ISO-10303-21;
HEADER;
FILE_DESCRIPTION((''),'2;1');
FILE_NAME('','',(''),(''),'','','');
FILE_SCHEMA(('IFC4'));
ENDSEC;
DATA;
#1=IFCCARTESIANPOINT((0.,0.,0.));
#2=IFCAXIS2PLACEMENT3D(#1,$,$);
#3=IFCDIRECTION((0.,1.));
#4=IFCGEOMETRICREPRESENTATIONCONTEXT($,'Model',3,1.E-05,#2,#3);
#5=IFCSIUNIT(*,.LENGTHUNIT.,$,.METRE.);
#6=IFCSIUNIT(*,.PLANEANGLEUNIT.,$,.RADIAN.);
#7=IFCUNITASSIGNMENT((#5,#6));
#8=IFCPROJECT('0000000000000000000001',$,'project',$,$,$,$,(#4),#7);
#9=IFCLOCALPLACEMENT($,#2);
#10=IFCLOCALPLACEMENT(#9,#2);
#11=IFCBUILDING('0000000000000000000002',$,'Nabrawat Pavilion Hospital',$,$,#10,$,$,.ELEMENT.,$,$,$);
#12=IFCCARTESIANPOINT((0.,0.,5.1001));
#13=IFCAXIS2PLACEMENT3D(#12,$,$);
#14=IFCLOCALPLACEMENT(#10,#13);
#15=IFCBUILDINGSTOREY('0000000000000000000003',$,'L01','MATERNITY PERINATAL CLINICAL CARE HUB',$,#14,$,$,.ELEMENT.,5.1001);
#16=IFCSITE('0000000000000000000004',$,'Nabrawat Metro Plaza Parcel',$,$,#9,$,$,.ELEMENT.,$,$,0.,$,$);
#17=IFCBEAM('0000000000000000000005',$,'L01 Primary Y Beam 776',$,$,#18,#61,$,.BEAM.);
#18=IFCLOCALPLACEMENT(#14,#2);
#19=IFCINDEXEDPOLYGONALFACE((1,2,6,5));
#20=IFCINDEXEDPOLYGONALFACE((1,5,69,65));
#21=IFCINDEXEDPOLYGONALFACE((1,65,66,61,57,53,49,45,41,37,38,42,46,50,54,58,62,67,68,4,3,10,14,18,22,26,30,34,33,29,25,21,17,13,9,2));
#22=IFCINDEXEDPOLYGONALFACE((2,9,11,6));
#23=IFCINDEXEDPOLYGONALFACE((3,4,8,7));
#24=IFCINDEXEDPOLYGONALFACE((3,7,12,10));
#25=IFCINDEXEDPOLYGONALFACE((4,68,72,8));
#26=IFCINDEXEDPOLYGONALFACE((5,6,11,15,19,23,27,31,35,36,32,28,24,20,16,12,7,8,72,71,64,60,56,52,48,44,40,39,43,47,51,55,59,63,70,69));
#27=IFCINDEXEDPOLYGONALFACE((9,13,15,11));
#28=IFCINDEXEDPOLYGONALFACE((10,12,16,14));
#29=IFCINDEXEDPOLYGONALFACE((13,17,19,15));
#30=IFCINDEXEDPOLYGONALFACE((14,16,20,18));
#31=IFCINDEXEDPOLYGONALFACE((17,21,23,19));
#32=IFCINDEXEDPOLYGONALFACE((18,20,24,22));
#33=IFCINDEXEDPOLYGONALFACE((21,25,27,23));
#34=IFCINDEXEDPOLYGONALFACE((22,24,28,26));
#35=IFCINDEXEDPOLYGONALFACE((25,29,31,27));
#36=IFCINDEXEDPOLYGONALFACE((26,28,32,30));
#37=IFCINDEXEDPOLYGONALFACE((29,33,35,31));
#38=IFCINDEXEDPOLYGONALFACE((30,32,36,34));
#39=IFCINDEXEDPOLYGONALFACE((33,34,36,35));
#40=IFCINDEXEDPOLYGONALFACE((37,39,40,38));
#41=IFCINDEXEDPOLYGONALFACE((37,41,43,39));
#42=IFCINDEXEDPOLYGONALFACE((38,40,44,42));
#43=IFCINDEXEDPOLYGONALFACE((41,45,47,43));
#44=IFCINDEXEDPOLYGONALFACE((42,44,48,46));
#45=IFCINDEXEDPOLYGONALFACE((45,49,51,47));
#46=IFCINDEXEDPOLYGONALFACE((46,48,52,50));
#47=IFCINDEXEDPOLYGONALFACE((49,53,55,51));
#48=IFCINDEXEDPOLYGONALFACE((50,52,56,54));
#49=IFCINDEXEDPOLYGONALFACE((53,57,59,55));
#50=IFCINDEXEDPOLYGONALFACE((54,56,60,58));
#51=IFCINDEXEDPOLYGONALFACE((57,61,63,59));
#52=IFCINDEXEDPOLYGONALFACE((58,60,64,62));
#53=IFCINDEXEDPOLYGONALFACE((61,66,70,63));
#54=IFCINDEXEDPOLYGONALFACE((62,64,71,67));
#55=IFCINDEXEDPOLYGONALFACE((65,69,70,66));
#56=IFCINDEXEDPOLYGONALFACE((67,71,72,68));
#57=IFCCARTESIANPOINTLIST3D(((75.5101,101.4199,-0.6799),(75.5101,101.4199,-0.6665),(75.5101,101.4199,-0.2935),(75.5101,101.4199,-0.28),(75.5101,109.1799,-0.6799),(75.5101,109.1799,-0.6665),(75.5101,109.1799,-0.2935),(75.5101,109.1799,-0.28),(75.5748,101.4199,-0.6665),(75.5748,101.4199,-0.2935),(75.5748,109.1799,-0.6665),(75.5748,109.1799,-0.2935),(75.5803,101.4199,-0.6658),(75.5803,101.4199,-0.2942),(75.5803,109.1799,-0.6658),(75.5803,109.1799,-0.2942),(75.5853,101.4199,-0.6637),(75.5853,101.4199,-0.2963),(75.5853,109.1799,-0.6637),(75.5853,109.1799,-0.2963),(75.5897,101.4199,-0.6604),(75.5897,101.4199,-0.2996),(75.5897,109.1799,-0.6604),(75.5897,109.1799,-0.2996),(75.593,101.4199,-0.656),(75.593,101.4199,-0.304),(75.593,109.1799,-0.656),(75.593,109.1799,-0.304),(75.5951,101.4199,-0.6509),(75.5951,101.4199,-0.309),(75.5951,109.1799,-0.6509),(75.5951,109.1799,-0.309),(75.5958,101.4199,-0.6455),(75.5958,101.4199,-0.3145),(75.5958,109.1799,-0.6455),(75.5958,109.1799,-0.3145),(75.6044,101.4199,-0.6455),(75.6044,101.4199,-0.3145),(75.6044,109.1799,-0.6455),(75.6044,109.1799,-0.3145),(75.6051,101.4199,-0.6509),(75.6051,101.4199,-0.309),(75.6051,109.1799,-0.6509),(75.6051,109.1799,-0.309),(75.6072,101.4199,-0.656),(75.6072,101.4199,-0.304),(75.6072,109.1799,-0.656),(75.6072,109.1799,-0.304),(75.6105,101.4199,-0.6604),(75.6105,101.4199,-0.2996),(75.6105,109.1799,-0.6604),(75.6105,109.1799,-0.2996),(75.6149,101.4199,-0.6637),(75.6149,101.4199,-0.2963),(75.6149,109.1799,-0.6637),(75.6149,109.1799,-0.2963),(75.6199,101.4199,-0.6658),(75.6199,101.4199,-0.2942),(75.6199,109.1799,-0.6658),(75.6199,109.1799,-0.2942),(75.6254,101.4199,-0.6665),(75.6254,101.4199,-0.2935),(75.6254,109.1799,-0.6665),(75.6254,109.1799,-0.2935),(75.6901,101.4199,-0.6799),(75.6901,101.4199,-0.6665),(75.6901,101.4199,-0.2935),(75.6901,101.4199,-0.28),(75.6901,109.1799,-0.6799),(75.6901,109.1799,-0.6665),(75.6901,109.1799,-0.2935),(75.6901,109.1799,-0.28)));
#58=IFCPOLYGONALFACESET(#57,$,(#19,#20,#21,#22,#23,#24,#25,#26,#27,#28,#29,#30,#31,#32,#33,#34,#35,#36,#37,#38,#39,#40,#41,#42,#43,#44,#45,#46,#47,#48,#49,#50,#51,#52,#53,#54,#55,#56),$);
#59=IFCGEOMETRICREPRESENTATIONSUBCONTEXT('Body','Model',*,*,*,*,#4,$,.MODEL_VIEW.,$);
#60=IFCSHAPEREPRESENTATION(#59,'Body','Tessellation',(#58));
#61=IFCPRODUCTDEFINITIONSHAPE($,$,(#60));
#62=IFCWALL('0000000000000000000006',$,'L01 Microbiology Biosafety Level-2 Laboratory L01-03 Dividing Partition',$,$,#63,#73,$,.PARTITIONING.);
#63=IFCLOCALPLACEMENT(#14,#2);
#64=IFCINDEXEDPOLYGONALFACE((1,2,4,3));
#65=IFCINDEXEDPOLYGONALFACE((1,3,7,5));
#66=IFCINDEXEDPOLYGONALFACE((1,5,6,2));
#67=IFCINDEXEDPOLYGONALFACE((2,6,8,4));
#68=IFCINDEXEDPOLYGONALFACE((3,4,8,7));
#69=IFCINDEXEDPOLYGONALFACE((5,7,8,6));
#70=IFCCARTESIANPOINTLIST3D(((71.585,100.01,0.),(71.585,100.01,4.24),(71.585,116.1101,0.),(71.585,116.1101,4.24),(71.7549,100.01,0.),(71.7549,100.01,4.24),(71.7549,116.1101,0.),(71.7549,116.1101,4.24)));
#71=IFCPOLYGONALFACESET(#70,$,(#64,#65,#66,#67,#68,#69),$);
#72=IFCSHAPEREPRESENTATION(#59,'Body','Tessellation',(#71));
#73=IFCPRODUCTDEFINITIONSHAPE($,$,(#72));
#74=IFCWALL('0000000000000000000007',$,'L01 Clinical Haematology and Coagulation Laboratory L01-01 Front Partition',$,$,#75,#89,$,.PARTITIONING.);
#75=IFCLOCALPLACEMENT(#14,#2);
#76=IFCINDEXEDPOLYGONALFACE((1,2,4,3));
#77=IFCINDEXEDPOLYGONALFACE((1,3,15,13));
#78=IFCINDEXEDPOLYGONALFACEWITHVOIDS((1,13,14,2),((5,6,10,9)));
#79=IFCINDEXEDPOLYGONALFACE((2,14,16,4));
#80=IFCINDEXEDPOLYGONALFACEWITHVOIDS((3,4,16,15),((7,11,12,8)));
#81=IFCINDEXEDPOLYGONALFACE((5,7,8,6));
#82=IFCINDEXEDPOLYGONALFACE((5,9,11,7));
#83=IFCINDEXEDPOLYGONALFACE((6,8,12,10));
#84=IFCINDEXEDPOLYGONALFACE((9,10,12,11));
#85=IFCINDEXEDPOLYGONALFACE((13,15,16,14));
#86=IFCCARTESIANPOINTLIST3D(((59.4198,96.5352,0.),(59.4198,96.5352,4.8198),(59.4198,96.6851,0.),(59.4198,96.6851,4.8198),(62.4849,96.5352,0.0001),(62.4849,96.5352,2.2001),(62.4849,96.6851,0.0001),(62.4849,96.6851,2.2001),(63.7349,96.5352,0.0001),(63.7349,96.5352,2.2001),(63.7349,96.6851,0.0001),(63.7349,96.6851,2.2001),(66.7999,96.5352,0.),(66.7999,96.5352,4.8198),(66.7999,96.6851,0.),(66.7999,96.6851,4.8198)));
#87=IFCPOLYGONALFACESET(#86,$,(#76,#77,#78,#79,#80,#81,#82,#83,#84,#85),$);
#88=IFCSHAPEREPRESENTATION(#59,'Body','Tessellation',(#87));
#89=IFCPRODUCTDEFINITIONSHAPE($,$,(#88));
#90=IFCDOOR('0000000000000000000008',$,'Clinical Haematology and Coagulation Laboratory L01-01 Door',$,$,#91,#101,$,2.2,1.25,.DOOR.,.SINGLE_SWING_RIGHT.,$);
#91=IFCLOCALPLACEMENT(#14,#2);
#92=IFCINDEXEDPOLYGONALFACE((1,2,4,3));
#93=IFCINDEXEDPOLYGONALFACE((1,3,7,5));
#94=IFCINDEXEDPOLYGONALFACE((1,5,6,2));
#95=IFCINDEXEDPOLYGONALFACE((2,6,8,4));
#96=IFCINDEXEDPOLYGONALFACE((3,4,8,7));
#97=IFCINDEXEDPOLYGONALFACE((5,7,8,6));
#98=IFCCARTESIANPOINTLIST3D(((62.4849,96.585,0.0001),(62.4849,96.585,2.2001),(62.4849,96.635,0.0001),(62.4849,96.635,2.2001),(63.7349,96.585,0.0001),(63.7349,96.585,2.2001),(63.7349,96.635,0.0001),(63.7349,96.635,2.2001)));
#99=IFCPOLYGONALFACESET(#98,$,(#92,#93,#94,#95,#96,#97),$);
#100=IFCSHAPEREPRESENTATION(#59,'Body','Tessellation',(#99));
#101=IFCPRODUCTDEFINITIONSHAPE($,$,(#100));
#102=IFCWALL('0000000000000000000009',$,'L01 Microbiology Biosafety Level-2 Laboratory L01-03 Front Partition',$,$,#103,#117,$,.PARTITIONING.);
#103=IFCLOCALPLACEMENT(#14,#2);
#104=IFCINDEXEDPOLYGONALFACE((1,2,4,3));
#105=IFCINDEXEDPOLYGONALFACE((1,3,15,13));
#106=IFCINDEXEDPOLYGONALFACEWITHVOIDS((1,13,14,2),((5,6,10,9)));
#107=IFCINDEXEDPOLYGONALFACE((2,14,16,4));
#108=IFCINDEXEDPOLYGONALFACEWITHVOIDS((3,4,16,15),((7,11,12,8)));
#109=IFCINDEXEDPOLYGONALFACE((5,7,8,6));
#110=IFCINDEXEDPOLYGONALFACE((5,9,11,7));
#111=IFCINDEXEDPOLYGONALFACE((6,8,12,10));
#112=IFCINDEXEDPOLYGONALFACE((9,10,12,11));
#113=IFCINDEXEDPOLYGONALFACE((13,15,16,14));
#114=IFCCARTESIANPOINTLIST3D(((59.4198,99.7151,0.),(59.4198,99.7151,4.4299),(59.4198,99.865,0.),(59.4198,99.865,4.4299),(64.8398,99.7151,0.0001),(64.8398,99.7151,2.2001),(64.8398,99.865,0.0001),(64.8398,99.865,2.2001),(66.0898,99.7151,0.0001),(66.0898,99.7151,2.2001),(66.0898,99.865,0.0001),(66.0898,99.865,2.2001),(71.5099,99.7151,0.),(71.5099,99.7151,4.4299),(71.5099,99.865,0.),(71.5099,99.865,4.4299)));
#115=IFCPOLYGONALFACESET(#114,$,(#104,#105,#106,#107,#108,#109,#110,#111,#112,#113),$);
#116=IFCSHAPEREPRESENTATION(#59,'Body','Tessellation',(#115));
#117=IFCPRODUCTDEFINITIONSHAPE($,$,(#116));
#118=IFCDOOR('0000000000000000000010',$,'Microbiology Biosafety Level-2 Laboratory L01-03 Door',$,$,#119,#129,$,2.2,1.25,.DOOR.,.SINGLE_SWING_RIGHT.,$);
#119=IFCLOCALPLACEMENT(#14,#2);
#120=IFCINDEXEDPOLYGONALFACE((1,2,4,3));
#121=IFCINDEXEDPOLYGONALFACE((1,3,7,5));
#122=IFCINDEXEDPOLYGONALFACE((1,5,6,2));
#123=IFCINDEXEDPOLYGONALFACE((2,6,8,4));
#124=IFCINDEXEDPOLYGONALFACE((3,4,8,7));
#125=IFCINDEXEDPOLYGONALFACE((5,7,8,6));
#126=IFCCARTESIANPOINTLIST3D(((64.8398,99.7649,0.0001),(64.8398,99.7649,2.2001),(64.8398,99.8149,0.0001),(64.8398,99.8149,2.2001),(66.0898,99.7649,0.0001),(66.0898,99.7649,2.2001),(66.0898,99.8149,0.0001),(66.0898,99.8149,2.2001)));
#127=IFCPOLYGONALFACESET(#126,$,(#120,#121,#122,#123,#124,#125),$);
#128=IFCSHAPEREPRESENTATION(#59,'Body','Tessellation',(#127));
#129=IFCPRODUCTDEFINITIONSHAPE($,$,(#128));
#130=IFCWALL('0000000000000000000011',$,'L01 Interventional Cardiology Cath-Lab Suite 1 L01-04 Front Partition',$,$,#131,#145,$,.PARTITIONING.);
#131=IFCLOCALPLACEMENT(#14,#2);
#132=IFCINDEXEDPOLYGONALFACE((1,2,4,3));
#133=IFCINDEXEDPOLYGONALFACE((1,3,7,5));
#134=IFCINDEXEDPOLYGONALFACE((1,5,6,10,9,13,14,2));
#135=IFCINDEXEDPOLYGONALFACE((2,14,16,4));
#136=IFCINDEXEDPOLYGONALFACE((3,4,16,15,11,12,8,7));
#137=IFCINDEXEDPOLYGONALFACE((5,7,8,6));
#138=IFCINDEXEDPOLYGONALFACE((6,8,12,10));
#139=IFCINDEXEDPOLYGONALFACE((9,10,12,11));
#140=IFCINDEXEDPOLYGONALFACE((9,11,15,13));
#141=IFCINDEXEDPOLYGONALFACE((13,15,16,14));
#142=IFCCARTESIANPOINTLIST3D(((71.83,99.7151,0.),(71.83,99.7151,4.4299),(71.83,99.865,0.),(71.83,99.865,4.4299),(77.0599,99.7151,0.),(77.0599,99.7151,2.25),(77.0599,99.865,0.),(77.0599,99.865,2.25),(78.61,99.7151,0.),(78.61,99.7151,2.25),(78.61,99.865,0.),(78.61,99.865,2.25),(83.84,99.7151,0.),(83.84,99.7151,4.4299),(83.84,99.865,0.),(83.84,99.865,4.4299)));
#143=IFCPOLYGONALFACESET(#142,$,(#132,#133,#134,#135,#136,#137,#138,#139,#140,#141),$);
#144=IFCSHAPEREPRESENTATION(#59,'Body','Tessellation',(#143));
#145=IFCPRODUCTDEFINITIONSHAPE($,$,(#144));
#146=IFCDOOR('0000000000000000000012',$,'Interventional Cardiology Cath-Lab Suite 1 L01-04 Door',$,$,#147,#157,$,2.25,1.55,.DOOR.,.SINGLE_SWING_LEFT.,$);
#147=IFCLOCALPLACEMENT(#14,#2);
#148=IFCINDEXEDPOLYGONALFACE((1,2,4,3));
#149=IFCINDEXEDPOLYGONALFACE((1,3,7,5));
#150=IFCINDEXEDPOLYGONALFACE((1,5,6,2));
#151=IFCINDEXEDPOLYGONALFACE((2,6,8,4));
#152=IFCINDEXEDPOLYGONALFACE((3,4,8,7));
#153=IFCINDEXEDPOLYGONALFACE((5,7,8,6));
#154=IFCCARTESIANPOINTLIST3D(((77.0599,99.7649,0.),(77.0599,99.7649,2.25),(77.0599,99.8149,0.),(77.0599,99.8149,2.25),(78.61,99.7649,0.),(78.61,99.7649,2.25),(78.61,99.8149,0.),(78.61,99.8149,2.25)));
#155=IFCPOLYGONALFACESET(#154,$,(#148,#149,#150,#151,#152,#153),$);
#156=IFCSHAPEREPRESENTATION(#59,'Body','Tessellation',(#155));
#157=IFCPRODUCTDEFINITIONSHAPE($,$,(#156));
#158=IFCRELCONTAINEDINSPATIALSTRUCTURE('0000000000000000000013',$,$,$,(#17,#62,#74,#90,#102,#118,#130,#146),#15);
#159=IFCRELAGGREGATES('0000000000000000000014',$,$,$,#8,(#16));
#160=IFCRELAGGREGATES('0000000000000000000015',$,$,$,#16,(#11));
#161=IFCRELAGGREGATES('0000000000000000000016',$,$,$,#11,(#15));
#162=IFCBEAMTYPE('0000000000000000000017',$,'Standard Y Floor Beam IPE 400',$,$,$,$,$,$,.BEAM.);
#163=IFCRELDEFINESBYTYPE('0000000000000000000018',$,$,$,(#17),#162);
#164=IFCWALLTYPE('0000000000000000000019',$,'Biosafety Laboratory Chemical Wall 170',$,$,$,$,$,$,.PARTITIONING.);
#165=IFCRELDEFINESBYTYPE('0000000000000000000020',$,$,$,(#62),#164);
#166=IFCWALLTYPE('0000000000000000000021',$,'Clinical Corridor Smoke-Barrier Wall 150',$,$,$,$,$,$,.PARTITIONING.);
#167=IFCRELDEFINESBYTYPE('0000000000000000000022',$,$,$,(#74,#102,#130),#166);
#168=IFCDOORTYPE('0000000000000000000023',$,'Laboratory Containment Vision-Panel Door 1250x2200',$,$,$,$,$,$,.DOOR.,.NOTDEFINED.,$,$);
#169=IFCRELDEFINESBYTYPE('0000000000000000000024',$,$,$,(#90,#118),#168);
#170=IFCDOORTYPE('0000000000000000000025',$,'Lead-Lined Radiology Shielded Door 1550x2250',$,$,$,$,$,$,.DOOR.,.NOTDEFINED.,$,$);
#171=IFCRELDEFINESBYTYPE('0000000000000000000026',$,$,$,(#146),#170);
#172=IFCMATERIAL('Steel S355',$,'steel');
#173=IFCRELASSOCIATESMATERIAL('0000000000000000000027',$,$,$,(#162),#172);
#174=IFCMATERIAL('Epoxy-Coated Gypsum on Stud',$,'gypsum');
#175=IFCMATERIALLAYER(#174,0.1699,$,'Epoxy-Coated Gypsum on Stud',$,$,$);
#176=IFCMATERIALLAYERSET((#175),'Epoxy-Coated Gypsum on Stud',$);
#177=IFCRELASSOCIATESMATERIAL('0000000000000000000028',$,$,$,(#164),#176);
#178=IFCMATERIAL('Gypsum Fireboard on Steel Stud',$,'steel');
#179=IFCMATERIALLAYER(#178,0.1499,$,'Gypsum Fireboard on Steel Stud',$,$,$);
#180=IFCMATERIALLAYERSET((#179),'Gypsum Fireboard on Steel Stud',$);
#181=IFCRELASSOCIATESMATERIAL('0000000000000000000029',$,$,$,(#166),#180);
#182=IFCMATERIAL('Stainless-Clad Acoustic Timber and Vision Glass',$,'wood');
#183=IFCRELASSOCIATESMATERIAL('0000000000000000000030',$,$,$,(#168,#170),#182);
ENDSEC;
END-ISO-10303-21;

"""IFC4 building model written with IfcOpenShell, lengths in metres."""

from ifc_helpers import new_model, si_unit, direction, frame, frame_2d, origin, origin_2d, place, context, subcontext, project, spatial, rectangle, i_section, extrude, material, layer, layer_set, material_profile, profile_set, type_object, element, fill, save


model = new_model("IFC4")

# Units and contexts
model_context = context("Model", 3, precision=1e-05, world=origin(), true_north=direction((0.0, 1.0)))
body_context = subcontext(model_context, "Body", "Model", "MODEL_VIEW")
ifc_project = project(units=[si_unit("LENGTHUNIT", "METRE"), si_unit("PLANEANGLEUNIT", "RADIAN")], contexts=[model_context])

# Site, building, storey
site_placement = place(None, origin())
site = spatial("IfcSite", under=ifc_project, at=site_placement, Name="Nabrawat Metro Plaza Parcel", CompositionType="ELEMENT", RefElevation=0.0)
building_placement = place(site_placement, origin())
building = spatial("IfcBuilding", under=site, at=building_placement, Name="Nabrawat Pavilion Hospital", CompositionType="ELEMENT")
storey_placement = place(building_placement, frame((0.0, 0.0, 5.1001)))
storey = spatial("IfcBuildingStorey", under=building, at=storey_placement, Name="L01", Description="MATERNITY PERINATAL CLINICAL CARE HUB", CompositionType="ELEMENT", Elevation=5.1001)

# Beam
ifc_material_1 = material(Name="Steel S355", Category="steel")
ifc_material_profile_1 = material_profile(ifc_material_1, i_section(OverallWidth=0.1799, OverallDepth=0.3999, WebThickness=0.0085, FlangeThickness=0.0134, FilletRadius=0.021, at=origin_2d()), Name="IPE 400")
ifc_profile_set_1 = profile_set([ifc_material_profile_1], Name="Steel S355")
beam_type_1 = type_object("IfcBeamType", Name="Standard Y Floor Beam IPE 400", PredefinedType="BEAM", material=ifc_profile_set_1)
beam_1_placement = place(storey_placement, frame((75.6001, 101.4199, -0.48), z_axis=(0.0, 1.0, 0.0), x_axis=(-1.0, 0.0, 0.0)))
element("IfcBeam", 1, at=beam_1_placement, inside=storey, type_object=beam_type_1, Name="L01 Primary Y Beam 776", PredefinedType="BEAM", context=body_context, shape_type="SweptSolid", body=[
    extrude(i_section(OverallWidth=0.1799, OverallDepth=0.3999, WebThickness=0.0085, FlangeThickness=0.0134, FilletRadius=0.021, at=origin_2d()), origin(), (0.0, 0.0, 1.0), 7.76),
])

# Wall
ifc_material_2 = material(Name="Epoxy-Coated Gypsum on Stud", Category="gypsum")
ifc_layer_1 = layer(ifc_material_2, 0.1699, Name="Epoxy-Coated Gypsum on Stud")
ifc_layer_set_1 = layer_set([ifc_layer_1], Name="Epoxy-Coated Gypsum on Stud")
wall_type_1 = type_object("IfcWallType", Name="Biosafety Laboratory Chemical Wall 170", PredefinedType="PARTITIONING", material=ifc_layer_set_1)
wall_1_placement = place(storey_placement, frame((71.6699, 100.01, 0.0), z_axis=(0.0, 0.0, 1.0), x_axis=(0.0, 1.0, 0.0)))
element("IfcWall", 2, at=wall_1_placement, inside=storey, type_object=wall_type_1, Name="L01 Microbiology Biosafety Level-2 Laboratory L01-03 Dividing Partition", PredefinedType="PARTITIONING", context=body_context, shape_type="SweptSolid", body=[
    extrude(rectangle(XDim=16.1001, YDim=0.1699, at=frame_2d((8.05, 0.0))), origin(), (0.0, 0.0, 1.0), 4.24),
])

# Walls, openings, doors
ifc_material_3 = material(Name="Gypsum Fireboard on Steel Stud", Category="steel")
ifc_layer_2 = layer(ifc_material_3, 0.1499, Name="Gypsum Fireboard on Steel Stud")
ifc_layer_set_2 = layer_set([ifc_layer_2], Name="Gypsum Fireboard on Steel Stud")
wall_type_2 = type_object("IfcWallType", Name="Clinical Corridor Smoke-Barrier Wall 150", PredefinedType="PARTITIONING", material=ifc_layer_set_2)
wall_2_placement = place(storey_placement, frame((59.4199, 96.6101, 0.0), z_axis=(0.0, 0.0, 1.0), x_axis=(1.0, 0.0, 0.0)))
wall_2 = element("IfcWall", 3, at=wall_2_placement, inside=storey, type_object=wall_type_2, Name="L01 Clinical Haematology and Coagulation Laboratory L01-01 Front Partition", PredefinedType="PARTITIONING", context=body_context, shape_type="SweptSolid", body=[
    extrude(rectangle(XDim=7.3801, YDim=0.1499, at=frame_2d((3.6899, 0.0))), origin(), (0.0, 0.0, 1.0), 4.8198),
])
opening_1_placement = place(wall_2_placement, frame((3.0649, 0.0, 0.0)))
opening_1 = element("IfcOpeningElement", 4, at=opening_1_placement, cuts=wall_2, PredefinedType="OPENING", context=body_context, shape_type="SweptSolid", body=[
    extrude(rectangle(XDim=1.25, YDim=2.2, at=frame_2d((0.625, 1.1001))), frame((0.0, 0.085, 0.0), z_axis=(0.0, -1.0, 0.0), x_axis=(1.0, 0.0, 0.0)), (0.0, 0.0, 1.0), 0.1699),
])
ifc_material_4 = material(Name="Stainless-Clad Acoustic Timber and Vision Glass", Category="wood")
door_type_1 = type_object("IfcDoorType", Name="Laboratory Containment Vision-Panel Door 1250x2200", OperationType="NOTDEFINED", PredefinedType="DOOR", material=ifc_material_4)
door_1_placement = place(opening_1_placement, origin())
door_1 = element("IfcDoor", 5, at=door_1_placement, inside=storey, type_object=door_type_1, Name="Clinical Haematology and Coagulation Laboratory L01-01 Door", OperationType="SINGLE_SWING_RIGHT", OverallHeight=2.2, OverallWidth=1.25, PredefinedType="DOOR", context=body_context, shape_type="SweptSolid", body=[
    extrude(rectangle(XDim=1.25, YDim=2.2, at=frame_2d((0.625, 1.1001))), frame((0.0, 0.0249, 0.0), z_axis=(0.0, -1.0, 0.0), x_axis=(1.0, 0.0, 0.0)), (0.0, 0.0, 1.0), 0.05),
])
fill(opening_1, door_1)
wall_3_placement = place(storey_placement, frame((59.4199, 99.79, 0.0), z_axis=(0.0, 0.0, 1.0), x_axis=(1.0, 0.0, 0.0)))
wall_3 = element("IfcWall", 6, at=wall_3_placement, inside=storey, type_object=wall_type_2, Name="L01 Microbiology Biosafety Level-2 Laboratory L01-03 Front Partition", PredefinedType="PARTITIONING", context=body_context, shape_type="SweptSolid", body=[
    extrude(rectangle(XDim=12.0901, YDim=0.1499, at=frame_2d((6.0449, 0.0))), origin(), (0.0, 0.0, 1.0), 4.4299),
])
opening_2_placement = place(wall_3_placement, frame((5.4199, 0.0, 0.0)))
opening_2 = element("IfcOpeningElement", 7, at=opening_2_placement, cuts=wall_3, PredefinedType="OPENING", context=body_context, shape_type="SweptSolid", body=[
    extrude(rectangle(XDim=1.25, YDim=2.2, at=frame_2d((0.625, 1.1001))), frame((0.0, 0.085, 0.0), z_axis=(0.0, -1.0, 0.0), x_axis=(1.0, 0.0, 0.0)), (0.0, 0.0, 1.0), 0.1699),
])
door_2_placement = place(opening_2_placement, origin())
door_2 = element("IfcDoor", 8, at=door_2_placement, inside=storey, type_object=door_type_1, Name="Microbiology Biosafety Level-2 Laboratory L01-03 Door", OperationType="SINGLE_SWING_RIGHT", OverallHeight=2.2, OverallWidth=1.25, PredefinedType="DOOR", context=body_context, shape_type="SweptSolid", body=[
    extrude(rectangle(XDim=1.25, YDim=2.2, at=frame_2d((0.625, 1.1001))), frame((0.0, 0.0249, 0.0), z_axis=(0.0, -1.0, 0.0), x_axis=(1.0, 0.0, 0.0)), (0.0, 0.0, 1.0), 0.05),
])
fill(opening_2, door_2)
wall_4_placement = place(storey_placement, frame((71.8301, 99.79, 0.0), z_axis=(0.0, 0.0, 1.0), x_axis=(1.0, 0.0, 0.0)))
wall_4 = element("IfcWall", 9, at=wall_4_placement, inside=storey, type_object=wall_type_2, Name="L01 Interventional Cardiology Cath-Lab Suite 1 L01-04 Front Partition", PredefinedType="PARTITIONING", context=body_context, shape_type="SweptSolid", body=[
    extrude(rectangle(XDim=12.01, YDim=0.1499, at=frame_2d((6.0049, 0.0))), origin(), (0.0, 0.0, 1.0), 4.4299),
])
opening_3_placement = place(wall_4_placement, frame((5.23, 0.0, 0.0)))
opening_3 = element("IfcOpeningElement", 10, at=opening_3_placement, cuts=wall_4, PredefinedType="OPENING", context=body_context, shape_type="SweptSolid", body=[
    extrude(rectangle(XDim=1.55, YDim=2.25, at=frame_2d((0.7749, 1.125))), frame((0.0, 0.085, 0.0), z_axis=(0.0, -1.0, 0.0), x_axis=(1.0, 0.0, 0.0)), (0.0, 0.0, 1.0), 0.1699),
])
door_type_2 = type_object("IfcDoorType", Name="Lead-Lined Radiology Shielded Door 1550x2250", OperationType="NOTDEFINED", PredefinedType="DOOR", material=ifc_material_4)
door_3_placement = place(opening_3_placement, origin())
door_3 = element("IfcDoor", 11, at=door_3_placement, inside=storey, type_object=door_type_2, Name="Interventional Cardiology Cath-Lab Suite 1 L01-04 Door", OperationType="SINGLE_SWING_LEFT", OverallHeight=2.25, OverallWidth=1.55, PredefinedType="DOOR", context=body_context, shape_type="SweptSolid", body=[
    extrude(rectangle(XDim=1.55, YDim=2.25, at=frame_2d((0.7749, 1.125))), frame((0.0, 0.0249, 0.0), z_axis=(0.0, -1.0, 0.0), x_axis=(1.0, 0.0, 0.0)), (0.0, 0.0, 1.0), 0.05),
])
fill(opening_3, door_3)

save(model, "model.ifc")
